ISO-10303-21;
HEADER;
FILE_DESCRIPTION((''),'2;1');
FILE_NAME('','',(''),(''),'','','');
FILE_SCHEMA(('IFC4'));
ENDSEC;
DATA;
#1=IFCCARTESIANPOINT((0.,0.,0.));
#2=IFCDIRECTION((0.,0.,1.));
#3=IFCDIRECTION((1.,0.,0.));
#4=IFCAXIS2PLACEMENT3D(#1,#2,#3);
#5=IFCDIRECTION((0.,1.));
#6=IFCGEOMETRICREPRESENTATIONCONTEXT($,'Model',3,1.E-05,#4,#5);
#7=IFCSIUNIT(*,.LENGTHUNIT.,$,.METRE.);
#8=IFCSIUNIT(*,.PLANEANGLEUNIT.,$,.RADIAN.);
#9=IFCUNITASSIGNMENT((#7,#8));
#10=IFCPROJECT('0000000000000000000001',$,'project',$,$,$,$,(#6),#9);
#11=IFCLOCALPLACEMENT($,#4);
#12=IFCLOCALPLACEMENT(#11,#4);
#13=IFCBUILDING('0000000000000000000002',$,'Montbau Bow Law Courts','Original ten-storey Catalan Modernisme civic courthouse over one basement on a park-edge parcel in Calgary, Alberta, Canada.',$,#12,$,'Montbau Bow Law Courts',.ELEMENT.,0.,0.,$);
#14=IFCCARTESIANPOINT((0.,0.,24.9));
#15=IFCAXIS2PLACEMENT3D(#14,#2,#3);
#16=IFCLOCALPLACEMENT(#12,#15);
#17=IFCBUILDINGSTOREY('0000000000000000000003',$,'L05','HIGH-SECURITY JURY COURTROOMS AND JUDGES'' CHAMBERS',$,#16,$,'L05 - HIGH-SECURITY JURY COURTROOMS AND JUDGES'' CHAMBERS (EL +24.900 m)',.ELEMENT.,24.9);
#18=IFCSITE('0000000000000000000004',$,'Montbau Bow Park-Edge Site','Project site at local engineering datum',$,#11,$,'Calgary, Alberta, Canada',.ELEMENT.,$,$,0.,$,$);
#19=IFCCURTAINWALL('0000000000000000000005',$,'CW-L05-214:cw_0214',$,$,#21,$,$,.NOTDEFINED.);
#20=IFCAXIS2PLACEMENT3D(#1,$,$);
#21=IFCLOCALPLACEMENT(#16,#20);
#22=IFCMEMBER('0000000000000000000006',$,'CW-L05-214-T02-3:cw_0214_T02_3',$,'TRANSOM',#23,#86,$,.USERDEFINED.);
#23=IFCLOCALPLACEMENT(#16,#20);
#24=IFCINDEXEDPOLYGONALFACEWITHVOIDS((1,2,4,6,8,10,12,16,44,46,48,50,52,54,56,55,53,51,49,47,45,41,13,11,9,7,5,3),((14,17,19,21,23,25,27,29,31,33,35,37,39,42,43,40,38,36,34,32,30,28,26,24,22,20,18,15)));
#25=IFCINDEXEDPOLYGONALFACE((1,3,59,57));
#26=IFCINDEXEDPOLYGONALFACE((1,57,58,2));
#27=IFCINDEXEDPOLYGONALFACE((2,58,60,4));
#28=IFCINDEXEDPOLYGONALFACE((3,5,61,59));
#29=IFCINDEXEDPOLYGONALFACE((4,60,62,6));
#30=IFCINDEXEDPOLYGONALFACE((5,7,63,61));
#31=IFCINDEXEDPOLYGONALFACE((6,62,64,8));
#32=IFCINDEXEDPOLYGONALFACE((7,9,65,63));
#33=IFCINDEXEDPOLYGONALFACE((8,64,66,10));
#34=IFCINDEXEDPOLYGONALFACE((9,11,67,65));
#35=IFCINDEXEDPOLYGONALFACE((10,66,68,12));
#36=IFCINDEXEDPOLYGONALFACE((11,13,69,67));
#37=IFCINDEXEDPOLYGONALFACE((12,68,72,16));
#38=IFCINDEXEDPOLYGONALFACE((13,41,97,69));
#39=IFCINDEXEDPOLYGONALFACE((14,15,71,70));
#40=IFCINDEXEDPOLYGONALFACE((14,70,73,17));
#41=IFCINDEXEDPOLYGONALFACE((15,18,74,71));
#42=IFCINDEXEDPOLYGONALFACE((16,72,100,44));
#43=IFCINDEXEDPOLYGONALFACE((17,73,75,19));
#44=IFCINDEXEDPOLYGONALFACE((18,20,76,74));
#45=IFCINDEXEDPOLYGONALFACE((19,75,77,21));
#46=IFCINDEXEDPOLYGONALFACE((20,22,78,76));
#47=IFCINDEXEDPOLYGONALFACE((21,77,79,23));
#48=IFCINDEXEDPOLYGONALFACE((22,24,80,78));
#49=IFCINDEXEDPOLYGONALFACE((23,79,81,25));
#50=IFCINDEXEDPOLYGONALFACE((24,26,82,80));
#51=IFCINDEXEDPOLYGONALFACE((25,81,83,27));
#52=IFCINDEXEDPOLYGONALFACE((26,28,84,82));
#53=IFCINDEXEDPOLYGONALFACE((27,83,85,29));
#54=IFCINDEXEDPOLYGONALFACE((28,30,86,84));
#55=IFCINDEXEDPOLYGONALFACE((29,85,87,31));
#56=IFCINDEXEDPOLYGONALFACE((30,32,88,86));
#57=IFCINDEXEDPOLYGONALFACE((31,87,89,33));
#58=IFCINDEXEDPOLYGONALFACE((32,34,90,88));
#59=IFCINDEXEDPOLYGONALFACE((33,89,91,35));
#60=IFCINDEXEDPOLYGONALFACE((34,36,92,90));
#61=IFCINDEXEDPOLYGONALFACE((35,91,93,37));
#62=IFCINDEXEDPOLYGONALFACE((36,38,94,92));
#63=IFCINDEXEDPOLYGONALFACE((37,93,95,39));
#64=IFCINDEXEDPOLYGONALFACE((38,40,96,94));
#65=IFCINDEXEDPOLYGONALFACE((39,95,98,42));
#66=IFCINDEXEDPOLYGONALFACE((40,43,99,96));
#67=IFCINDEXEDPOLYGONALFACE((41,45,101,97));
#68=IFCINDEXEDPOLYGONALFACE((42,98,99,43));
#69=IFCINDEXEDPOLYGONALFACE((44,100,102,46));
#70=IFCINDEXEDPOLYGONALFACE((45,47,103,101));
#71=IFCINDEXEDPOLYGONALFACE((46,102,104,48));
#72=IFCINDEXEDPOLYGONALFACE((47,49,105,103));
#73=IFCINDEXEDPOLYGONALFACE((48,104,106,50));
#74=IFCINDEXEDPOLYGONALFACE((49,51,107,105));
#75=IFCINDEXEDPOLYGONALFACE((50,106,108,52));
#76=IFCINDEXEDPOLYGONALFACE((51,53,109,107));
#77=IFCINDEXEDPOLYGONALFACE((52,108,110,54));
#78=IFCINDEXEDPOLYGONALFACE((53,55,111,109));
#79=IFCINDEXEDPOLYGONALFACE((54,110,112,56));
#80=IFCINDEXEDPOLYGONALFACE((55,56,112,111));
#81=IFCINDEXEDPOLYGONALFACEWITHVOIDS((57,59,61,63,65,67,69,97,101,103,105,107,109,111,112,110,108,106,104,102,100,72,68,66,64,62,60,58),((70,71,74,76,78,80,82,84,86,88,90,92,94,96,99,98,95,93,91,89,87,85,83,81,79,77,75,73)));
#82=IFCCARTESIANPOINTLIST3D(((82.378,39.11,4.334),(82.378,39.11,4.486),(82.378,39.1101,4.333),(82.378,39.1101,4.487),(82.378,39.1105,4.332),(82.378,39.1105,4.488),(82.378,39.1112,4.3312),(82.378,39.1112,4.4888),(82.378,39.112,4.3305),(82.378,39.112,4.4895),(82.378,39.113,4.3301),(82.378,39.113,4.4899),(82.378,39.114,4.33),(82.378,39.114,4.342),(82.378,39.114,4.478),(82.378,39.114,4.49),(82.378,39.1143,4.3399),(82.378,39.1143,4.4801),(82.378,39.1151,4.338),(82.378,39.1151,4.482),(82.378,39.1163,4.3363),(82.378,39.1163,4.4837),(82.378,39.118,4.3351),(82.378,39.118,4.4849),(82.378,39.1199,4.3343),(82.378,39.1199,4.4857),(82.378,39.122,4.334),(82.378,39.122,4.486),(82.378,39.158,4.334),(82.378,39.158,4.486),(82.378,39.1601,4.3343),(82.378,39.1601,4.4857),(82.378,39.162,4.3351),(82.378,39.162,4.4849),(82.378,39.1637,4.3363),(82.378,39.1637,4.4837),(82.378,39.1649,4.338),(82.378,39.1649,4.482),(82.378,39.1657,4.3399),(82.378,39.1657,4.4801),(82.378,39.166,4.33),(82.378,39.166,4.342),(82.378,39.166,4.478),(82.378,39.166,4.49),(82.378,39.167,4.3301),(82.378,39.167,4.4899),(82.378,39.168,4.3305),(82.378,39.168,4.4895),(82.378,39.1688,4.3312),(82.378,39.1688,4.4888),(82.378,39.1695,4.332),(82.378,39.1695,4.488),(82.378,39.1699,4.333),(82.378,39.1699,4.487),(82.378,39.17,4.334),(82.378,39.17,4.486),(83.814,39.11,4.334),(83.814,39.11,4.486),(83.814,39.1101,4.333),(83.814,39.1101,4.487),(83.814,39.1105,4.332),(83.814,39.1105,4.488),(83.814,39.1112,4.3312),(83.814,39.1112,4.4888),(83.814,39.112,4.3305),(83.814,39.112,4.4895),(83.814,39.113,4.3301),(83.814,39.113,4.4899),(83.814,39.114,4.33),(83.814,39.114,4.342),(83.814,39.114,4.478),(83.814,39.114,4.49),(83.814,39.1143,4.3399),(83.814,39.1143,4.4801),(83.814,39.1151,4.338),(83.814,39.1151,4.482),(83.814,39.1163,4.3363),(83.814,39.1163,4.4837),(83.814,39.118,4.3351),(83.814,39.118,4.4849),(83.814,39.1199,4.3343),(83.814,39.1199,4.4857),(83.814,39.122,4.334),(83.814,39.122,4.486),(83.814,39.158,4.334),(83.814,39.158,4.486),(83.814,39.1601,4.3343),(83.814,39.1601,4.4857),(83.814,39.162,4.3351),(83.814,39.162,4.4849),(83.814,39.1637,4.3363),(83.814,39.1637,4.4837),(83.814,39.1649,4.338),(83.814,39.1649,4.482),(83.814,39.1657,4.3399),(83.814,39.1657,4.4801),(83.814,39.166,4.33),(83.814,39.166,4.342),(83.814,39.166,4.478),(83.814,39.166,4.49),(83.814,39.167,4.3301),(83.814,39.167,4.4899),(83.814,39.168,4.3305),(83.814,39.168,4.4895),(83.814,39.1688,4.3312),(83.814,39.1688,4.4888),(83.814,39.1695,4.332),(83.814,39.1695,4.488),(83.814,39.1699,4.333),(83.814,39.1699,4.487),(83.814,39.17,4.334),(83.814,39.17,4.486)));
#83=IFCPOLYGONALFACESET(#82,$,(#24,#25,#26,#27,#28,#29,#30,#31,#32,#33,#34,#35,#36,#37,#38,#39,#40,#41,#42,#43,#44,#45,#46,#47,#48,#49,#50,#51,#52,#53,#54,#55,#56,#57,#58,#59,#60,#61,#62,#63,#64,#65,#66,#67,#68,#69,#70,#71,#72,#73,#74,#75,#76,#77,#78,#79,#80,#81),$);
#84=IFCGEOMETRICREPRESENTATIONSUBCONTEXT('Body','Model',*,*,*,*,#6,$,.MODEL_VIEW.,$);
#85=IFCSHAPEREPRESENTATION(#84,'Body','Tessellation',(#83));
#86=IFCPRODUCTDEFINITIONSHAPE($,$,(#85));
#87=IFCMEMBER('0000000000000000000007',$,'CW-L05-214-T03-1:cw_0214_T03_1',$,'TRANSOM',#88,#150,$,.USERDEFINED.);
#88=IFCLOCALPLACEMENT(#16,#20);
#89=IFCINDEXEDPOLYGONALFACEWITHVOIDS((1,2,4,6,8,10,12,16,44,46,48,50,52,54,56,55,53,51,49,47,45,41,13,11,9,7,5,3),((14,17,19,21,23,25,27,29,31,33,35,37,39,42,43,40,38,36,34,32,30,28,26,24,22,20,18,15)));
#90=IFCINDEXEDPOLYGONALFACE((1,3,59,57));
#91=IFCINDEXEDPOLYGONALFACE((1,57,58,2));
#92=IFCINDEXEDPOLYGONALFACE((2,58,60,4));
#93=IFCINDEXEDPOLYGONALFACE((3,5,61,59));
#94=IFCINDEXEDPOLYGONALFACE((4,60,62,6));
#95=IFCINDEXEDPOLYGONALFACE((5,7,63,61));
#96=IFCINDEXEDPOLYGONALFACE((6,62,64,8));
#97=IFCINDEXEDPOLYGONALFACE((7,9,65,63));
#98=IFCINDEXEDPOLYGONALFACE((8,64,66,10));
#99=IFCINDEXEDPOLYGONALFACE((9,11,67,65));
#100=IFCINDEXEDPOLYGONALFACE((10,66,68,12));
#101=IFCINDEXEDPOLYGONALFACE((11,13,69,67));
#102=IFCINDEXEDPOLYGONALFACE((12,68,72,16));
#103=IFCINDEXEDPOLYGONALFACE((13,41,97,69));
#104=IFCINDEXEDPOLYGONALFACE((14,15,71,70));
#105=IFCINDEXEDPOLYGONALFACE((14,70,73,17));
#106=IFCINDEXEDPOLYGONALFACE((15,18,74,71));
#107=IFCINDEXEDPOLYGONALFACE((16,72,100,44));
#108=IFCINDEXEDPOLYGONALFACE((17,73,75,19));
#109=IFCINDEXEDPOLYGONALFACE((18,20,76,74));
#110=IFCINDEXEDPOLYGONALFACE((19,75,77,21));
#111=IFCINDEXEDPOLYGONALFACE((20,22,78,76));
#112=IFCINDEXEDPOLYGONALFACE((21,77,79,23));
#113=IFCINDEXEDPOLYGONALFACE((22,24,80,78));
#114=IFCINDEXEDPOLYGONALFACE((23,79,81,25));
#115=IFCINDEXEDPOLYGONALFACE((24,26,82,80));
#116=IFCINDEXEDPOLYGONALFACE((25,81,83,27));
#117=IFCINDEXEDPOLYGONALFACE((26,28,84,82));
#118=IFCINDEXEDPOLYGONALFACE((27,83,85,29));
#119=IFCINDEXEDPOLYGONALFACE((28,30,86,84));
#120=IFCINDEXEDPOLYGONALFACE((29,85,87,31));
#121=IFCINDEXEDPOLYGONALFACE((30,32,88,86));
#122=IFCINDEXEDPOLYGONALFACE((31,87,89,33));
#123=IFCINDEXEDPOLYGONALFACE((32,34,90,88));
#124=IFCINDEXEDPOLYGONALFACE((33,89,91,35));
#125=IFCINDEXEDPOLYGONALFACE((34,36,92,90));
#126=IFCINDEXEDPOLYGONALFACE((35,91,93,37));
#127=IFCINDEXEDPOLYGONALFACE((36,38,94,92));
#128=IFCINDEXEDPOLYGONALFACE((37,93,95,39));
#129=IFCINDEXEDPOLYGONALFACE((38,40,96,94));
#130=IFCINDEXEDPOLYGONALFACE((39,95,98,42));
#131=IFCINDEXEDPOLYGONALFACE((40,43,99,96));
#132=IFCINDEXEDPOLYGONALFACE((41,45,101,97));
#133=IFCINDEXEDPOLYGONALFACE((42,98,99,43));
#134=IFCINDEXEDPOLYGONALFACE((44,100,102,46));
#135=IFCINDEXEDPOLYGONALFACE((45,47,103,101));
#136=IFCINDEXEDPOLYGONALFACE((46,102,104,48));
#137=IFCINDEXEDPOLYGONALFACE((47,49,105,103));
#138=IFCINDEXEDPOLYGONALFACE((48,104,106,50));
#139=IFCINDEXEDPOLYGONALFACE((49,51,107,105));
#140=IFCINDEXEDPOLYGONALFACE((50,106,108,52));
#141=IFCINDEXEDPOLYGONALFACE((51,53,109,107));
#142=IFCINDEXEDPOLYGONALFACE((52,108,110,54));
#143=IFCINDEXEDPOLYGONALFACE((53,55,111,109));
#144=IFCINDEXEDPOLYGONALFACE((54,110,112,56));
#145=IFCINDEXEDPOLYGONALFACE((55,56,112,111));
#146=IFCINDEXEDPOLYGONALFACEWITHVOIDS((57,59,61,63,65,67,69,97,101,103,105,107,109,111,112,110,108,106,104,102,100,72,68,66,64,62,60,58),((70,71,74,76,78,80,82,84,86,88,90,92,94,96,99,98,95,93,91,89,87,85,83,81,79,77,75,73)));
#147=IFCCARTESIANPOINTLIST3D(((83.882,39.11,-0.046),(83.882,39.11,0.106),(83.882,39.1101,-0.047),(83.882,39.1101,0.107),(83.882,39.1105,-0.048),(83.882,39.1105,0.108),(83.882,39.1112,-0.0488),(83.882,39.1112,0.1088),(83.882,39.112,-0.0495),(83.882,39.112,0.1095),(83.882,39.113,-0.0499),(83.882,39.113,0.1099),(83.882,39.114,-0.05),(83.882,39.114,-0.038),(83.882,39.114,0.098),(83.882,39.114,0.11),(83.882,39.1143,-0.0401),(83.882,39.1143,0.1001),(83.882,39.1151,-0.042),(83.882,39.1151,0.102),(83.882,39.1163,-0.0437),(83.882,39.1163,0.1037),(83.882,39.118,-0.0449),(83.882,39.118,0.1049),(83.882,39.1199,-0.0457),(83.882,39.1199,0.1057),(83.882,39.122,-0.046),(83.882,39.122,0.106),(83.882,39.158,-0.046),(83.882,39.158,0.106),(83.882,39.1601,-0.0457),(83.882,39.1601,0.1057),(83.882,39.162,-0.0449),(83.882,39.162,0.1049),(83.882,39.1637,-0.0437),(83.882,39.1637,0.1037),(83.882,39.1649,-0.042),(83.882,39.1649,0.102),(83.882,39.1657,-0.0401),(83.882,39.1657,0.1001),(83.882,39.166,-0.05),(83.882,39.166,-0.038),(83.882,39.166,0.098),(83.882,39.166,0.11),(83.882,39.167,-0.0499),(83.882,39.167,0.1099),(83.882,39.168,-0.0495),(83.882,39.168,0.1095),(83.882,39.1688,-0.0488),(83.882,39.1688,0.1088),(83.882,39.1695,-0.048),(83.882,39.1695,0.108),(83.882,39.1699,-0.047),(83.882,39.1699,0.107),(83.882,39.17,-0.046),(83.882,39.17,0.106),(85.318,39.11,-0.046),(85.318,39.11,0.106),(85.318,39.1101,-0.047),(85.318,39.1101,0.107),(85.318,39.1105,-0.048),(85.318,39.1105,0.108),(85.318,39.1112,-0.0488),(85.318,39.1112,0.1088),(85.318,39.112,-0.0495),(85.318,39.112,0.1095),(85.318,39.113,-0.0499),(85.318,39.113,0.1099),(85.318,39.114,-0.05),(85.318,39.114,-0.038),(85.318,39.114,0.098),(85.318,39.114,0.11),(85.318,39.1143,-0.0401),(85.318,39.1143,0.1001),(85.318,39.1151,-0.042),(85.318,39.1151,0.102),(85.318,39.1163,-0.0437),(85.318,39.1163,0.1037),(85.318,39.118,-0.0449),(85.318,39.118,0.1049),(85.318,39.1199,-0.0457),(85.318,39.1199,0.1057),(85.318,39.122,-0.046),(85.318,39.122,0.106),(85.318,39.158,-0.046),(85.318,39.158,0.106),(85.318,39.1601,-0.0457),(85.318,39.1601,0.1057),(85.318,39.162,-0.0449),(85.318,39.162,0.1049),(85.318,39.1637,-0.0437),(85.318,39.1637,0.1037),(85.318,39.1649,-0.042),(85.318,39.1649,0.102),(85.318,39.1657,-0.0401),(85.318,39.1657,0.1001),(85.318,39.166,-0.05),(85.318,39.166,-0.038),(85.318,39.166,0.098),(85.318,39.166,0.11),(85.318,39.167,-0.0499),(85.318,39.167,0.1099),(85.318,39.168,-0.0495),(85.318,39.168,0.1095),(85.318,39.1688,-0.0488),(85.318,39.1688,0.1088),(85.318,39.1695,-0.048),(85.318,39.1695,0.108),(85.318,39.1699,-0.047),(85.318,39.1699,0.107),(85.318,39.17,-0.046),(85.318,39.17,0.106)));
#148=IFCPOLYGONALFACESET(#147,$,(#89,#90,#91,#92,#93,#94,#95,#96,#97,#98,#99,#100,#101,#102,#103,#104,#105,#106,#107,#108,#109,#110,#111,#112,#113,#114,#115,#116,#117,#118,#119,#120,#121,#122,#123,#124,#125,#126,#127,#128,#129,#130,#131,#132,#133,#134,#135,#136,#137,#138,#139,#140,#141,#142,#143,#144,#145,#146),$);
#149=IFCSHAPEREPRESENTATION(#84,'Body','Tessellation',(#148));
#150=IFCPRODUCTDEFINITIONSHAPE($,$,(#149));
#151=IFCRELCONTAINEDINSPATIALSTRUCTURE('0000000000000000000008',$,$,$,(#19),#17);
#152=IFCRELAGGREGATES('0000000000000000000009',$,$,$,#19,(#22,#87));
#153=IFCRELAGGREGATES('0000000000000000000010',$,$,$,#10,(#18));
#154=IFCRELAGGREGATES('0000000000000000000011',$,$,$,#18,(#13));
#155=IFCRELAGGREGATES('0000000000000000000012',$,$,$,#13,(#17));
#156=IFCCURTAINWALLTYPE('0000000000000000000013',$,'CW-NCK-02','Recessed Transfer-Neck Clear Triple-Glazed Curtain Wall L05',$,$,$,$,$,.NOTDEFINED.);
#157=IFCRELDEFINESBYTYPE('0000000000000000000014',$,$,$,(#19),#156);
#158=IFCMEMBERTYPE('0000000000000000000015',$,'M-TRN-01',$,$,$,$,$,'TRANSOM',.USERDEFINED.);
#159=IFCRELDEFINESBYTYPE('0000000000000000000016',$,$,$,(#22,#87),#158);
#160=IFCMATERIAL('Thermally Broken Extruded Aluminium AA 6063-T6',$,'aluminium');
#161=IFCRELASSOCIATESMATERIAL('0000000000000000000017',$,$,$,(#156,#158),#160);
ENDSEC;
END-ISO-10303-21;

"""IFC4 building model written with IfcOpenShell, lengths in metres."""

from ifc_helpers import new_model, si_unit, direction, frame, origin_with_axes, origin_2d_with_axis, place, context, subcontext, project, spatial, hollow_rectangle, extrude, material, material_profile, profile_set, type_object, element, aggregate, save


model = new_model("IFC4")

# Units and contexts
model_context = context("Model", 3, precision=1e-05, world=origin_with_axes(), true_north=direction((0.0, 1.0)))
body_context = subcontext(model_context, "Body", "Model", "MODEL_VIEW")
ifc_project = project(units=[si_unit("LENGTHUNIT", "METRE"), si_unit("PLANEANGLEUNIT", "RADIAN")], contexts=[model_context])

# Site, building, storey
site_placement = place(None, origin_with_axes())
site = spatial("IfcSite", under=ifc_project, at=site_placement, Name="Montbau Bow Park-Edge Site", Description="Project site at local engineering datum", LongName="Calgary, Alberta, Canada", CompositionType="ELEMENT", RefElevation=0.0)
building_placement = place(site_placement, origin_with_axes())
building = spatial("IfcBuilding", under=site, at=building_placement, Name="Montbau Bow Law Courts", Description="Original ten-storey Catalan Modernisme civic courthouse over one basement on a park-edge parcel in Calgary, Alberta, Canada.", LongName="Montbau Bow Law Courts", CompositionType="ELEMENT", ElevationOfRefHeight=0.0, ElevationOfTerrain=0.0)
storey_placement = place(building_placement, frame((0.0, 0.0, 24.9), z_axis=(0.0, 0.0, 1.0), x_axis=(1.0, 0.0, 0.0)))
storey = spatial("IfcBuildingStorey", under=building, at=storey_placement, Name="L05", Description="HIGH-SECURITY JURY COURTROOMS AND JUDGES' CHAMBERS", LongName="L05 - HIGH-SECURITY JURY COURTROOMS AND JUDGES' CHAMBERS (EL +24.900 m)", CompositionType="ELEMENT", Elevation=24.9)

# Curtain wall, members
ifc_material_1 = material(Name="Thermally Broken Extruded Aluminium AA 6063-T6", Category="aluminium")
curtain_wall_type = type_object("IfcCurtainWallType", Name="CW-NCK-02", Description="Recessed Transfer-Neck Clear Triple-Glazed Curtain Wall L05", PredefinedType="NOTDEFINED", material=ifc_material_1)
curtain_wall_placement = place(None, frame((80.84, 39.14, 24.9), z_axis=(0.0, 0.0, 1.0), x_axis=(1.0, 0.0, 0.0)))
curtain_wall = element("IfcCurtainWall", 1, at=curtain_wall_placement, inside=storey, type_object=curtain_wall_type, Name="CW-L05-214:cw_0214", PredefinedType="NOTDEFINED")
ifc_material_profile_1 = material_profile(ifc_material_1, hollow_rectangle(XDim=0.06, YDim=0.16, WallThickness=0.004, InnerFilletRadius=0.008, OuterFilletRadius=0.004, at=origin_2d_with_axis()), Name="CWT-160X60", Category="Main", Priority=0)
ifc_profile_set_1 = profile_set([ifc_material_profile_1], Name="Thermally Broken Extruded Aluminium AA 6063-T6")
member_type_1 = type_object("IfcMemberType", Name="M-TRN-01", ElementType="TRANSOM", PredefinedType="USERDEFINED", material=ifc_profile_set_1)
member_1_placement = place(None, frame((82.378, 39.14, 29.31), z_axis=(1.0, 0.0, 0.0), x_axis=(0.0, 1.0, 0.0)))
member_1 = element("IfcMember", 2, at=member_1_placement, type_object=member_type_1, Name="CW-L05-214-T02-3:cw_0214_T02_3", ObjectType="TRANSOM", PredefinedType="USERDEFINED", context=body_context, shape_type="SweptSolid", body=[
    extrude(hollow_rectangle(XDim=0.06, YDim=0.16, WallThickness=0.004, InnerFilletRadius=0.008, OuterFilletRadius=0.004, at=origin_2d_with_axis()), origin_with_axes(), (0.0, 0.0, 1.0), 1.436),
])
member_2_placement = place(None, frame((83.882, 39.14, 24.93), z_axis=(1.0, 0.0, 0.0), x_axis=(0.0, 1.0, 0.0)))
member_2 = element("IfcMember", 3, at=member_2_placement, type_object=member_type_1, Name="CW-L05-214-T03-1:cw_0214_T03_1", ObjectType="TRANSOM", PredefinedType="USERDEFINED", context=body_context, shape_type="SweptSolid", body=[
    extrude(hollow_rectangle(XDim=0.06, YDim=0.16, WallThickness=0.004, InnerFilletRadius=0.008, OuterFilletRadius=0.004, at=origin_2d_with_axis()), origin_with_axes(), (0.0, 0.0, 1.0), 1.436),
])
aggregate(curtain_wall, [member_1, member_2])

save(model, "model.ifc")
